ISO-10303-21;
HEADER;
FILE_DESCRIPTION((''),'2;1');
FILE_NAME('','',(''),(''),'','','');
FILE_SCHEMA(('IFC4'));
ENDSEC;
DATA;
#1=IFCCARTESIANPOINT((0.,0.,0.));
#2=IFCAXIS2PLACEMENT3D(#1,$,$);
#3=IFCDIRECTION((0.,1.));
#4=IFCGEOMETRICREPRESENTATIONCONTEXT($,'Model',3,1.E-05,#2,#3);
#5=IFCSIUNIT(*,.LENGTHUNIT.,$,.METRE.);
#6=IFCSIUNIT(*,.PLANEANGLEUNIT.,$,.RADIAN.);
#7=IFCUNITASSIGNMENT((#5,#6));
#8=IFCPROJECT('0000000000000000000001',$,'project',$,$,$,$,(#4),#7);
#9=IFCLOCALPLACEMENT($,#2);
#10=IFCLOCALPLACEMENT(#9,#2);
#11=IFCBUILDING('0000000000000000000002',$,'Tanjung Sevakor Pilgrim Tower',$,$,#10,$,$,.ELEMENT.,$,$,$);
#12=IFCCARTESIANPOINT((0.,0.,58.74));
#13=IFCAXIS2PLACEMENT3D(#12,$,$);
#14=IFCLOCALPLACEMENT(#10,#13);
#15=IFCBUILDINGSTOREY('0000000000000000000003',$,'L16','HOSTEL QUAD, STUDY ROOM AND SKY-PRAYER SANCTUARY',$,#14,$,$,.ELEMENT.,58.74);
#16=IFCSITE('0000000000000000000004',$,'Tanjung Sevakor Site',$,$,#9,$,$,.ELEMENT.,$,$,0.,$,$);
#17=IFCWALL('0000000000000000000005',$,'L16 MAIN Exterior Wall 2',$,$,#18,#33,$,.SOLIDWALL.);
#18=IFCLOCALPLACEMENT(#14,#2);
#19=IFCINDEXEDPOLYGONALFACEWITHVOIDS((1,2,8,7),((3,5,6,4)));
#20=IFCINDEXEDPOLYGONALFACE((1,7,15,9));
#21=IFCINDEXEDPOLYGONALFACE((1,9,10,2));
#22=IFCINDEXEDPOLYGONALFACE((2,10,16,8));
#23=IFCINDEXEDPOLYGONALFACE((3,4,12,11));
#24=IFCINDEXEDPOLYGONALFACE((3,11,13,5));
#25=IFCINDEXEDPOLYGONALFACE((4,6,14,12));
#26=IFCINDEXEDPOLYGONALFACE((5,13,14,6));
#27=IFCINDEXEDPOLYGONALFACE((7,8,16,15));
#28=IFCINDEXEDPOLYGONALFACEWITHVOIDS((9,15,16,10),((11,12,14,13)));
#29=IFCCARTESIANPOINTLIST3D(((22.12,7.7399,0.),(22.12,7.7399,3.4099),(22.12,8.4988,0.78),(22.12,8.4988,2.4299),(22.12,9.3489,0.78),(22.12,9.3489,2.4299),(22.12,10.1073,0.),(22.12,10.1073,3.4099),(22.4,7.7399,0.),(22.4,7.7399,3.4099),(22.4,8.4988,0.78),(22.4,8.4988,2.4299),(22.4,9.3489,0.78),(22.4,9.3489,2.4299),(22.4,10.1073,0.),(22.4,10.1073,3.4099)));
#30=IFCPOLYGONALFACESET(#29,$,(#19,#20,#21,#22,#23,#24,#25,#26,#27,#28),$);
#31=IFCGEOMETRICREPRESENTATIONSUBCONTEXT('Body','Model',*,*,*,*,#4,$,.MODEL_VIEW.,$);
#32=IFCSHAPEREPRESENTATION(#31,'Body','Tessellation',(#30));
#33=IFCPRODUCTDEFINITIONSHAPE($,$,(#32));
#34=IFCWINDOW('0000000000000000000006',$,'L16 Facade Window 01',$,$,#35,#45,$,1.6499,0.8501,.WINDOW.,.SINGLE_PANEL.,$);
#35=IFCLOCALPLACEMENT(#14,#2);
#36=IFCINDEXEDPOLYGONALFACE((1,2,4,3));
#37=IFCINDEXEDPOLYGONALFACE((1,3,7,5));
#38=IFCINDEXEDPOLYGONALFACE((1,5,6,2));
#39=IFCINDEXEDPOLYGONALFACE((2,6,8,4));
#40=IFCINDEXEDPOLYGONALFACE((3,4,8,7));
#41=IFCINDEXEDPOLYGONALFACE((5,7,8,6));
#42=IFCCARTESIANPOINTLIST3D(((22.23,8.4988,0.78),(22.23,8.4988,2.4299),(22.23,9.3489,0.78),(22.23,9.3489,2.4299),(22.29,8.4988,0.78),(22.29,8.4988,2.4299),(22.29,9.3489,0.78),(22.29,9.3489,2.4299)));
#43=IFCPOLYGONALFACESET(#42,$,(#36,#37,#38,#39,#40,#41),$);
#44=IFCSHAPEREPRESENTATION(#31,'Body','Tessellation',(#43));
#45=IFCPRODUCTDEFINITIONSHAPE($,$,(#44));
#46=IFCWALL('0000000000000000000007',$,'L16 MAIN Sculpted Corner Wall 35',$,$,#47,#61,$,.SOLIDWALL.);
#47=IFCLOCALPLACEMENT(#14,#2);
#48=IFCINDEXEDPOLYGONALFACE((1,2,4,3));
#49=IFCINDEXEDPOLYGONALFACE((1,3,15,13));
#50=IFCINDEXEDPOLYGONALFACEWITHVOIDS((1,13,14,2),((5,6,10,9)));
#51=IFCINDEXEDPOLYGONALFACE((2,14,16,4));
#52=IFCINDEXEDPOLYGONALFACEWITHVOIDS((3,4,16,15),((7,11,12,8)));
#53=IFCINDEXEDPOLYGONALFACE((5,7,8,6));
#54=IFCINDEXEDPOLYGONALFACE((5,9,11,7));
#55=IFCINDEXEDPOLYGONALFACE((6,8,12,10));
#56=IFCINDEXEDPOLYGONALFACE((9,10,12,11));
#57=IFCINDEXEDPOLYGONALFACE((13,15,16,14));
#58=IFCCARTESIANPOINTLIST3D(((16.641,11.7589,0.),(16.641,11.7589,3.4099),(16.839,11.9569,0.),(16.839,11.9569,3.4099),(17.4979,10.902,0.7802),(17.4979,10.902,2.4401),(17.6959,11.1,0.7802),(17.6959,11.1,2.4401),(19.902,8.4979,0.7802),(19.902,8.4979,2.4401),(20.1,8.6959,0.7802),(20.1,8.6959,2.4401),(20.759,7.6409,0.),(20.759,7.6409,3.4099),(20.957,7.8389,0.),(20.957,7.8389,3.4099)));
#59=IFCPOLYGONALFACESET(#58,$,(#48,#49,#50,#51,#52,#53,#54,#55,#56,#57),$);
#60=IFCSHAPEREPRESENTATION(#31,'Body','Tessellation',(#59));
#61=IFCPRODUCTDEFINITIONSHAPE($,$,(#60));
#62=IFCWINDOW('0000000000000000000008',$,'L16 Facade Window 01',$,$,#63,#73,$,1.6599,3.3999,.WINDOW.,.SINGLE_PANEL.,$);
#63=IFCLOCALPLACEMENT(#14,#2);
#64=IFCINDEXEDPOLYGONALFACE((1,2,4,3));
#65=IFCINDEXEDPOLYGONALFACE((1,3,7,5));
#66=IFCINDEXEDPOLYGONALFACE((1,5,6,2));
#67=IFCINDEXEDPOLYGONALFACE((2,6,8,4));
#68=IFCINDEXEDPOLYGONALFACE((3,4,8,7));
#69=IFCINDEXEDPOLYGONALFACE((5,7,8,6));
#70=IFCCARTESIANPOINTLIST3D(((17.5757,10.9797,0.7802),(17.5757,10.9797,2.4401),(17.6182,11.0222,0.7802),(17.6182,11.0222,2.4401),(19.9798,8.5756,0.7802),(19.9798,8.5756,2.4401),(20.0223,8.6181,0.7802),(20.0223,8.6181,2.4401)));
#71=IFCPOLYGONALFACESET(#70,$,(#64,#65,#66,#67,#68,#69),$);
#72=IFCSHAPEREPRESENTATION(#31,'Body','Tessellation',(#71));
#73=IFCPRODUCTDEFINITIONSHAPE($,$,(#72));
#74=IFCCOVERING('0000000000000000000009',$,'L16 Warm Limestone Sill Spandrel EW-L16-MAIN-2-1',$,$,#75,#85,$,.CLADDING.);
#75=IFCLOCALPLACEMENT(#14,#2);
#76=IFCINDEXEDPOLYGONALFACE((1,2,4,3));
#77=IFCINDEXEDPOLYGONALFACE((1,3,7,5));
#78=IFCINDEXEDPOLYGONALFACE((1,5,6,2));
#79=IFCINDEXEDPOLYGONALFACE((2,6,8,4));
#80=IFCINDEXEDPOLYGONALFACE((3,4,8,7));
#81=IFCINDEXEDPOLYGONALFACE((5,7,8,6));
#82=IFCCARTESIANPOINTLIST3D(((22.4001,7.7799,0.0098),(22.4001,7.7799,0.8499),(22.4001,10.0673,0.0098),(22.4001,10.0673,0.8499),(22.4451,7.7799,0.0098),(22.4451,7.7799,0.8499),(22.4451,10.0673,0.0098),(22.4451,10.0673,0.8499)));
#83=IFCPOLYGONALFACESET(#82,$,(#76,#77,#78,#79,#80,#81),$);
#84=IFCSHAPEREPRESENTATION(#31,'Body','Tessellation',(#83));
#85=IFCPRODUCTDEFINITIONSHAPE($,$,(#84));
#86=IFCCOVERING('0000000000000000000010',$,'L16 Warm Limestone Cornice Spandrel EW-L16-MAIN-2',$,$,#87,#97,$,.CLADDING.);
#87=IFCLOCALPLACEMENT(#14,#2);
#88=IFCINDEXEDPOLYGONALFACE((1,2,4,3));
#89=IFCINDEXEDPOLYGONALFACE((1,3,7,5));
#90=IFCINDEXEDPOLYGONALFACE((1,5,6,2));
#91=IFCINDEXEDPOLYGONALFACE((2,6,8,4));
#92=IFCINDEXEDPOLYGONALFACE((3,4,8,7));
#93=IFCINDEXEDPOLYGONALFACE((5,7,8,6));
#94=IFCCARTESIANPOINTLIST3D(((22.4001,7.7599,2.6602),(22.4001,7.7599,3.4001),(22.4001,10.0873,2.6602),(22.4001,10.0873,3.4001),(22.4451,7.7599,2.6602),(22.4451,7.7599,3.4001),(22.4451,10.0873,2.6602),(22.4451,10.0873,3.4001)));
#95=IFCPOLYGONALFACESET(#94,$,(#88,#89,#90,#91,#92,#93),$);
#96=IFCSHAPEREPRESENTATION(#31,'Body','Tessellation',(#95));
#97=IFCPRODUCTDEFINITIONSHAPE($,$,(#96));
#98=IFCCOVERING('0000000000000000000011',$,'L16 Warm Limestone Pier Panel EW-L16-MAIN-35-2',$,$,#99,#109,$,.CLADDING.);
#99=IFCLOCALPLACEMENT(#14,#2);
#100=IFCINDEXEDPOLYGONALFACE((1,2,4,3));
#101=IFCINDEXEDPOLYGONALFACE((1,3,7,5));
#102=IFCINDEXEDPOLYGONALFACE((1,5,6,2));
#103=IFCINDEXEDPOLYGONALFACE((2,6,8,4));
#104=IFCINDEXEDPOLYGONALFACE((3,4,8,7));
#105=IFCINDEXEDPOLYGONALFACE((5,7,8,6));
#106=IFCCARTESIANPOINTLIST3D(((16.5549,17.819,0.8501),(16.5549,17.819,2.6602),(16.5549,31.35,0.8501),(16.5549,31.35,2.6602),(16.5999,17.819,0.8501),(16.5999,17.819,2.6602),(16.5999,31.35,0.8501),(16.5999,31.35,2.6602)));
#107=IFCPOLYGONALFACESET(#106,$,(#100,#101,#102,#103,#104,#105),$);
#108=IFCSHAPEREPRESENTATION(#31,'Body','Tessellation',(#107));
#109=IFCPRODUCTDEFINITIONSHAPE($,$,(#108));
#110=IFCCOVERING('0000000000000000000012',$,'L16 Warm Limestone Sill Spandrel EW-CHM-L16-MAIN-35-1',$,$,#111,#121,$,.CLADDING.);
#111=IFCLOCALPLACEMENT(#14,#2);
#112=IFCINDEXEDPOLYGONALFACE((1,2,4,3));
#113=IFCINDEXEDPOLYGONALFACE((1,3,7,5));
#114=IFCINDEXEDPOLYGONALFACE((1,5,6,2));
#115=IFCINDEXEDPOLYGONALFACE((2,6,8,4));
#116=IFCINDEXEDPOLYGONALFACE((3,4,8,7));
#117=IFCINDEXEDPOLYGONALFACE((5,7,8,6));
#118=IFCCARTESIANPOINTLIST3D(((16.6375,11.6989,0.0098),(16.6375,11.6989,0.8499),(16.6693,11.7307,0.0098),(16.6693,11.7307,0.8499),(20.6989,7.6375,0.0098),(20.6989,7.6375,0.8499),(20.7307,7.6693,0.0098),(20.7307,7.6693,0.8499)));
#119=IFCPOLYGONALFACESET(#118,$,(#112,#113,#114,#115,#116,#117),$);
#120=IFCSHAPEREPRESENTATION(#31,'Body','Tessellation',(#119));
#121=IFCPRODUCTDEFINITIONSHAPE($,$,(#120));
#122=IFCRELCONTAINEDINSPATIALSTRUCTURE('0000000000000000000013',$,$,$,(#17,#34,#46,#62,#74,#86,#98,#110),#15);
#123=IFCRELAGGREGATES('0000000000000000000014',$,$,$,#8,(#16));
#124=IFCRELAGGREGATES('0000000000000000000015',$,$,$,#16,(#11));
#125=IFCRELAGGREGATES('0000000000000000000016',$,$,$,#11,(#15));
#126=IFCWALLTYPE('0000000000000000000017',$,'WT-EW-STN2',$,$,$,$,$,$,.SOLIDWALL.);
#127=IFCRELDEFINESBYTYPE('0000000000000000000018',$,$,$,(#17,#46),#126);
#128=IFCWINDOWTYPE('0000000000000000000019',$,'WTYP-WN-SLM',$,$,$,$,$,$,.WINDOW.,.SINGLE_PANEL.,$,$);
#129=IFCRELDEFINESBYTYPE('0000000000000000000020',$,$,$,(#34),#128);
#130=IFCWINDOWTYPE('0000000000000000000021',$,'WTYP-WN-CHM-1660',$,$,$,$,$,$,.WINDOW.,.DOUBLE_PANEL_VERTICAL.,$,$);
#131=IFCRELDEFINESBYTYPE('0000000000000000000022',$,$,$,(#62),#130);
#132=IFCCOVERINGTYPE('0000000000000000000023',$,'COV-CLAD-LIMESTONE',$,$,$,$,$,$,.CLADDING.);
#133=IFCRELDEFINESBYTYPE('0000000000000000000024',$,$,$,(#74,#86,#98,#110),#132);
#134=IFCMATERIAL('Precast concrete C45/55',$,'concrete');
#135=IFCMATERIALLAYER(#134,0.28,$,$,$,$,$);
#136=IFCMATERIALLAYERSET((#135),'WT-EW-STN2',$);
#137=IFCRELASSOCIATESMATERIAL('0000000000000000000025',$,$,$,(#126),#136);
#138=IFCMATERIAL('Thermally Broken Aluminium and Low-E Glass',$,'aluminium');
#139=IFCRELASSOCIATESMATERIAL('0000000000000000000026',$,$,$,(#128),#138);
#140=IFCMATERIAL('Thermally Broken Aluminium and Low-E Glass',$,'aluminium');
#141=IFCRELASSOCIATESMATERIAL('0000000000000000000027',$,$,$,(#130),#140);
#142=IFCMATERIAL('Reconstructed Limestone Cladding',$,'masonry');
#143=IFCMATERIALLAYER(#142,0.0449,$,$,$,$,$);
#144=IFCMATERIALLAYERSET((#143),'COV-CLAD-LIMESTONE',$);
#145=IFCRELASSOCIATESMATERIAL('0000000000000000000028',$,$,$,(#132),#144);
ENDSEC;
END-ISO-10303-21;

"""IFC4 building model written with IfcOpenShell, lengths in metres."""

from ifc_helpers import new_model, si_unit, direction, frame, frame_2d, origin, origin_2d, place, context, subcontext, project, spatial, rectangle, extrude, material, layer, layer_set, type_object, element, fill, save


model = new_model("IFC4")

# Units and contexts
model_context = context("Model", 3, precision=1e-05, world=origin(), true_north=direction((0.0, 1.0)))
body_context = subcontext(model_context, "Body", "Model", "MODEL_VIEW")
ifc_project = project(units=[si_unit("LENGTHUNIT", "METRE"), si_unit("PLANEANGLEUNIT", "RADIAN")], contexts=[model_context])

# Site, building, storey
site_placement = place(None, origin())
site = spatial("IfcSite", under=ifc_project, at=site_placement, Name="Tanjung Sevakor Site", CompositionType="ELEMENT", RefElevation=0.0)
building_placement = place(site_placement, origin())
building = spatial("IfcBuilding", under=site, at=building_placement, Name="Tanjung Sevakor Pilgrim Tower", CompositionType="ELEMENT")
storey_placement = place(building_placement, frame((0.0, 0.0, 58.74)))
storey = spatial("IfcBuildingStorey", under=building, at=storey_placement, Name="L16", Description="HOSTEL QUAD, STUDY ROOM AND SKY-PRAYER SANCTUARY", CompositionType="ELEMENT", Elevation=58.74)

# Walls, openings, windows
ifc_material_1 = material(Name="Precast concrete C45/55", Category="concrete")
ifc_layer_1 = layer(ifc_material_1, 0.28)
ifc_layer_set_1 = layer_set([ifc_layer_1], Name="WT-EW-STN2")
wall_type_1 = type_object("IfcWallType", Name="WT-EW-STN2", PredefinedType="SOLIDWALL", material=ifc_layer_set_1)
wall_1_placement = place(storey_placement, frame((22.26, 7.74, 0.0), z_axis=(0.0, 0.0, 1.0), x_axis=(0.0, 1.0, 0.0)))
wall_1 = element("IfcWall", 1, at=wall_1_placement, inside=storey, type_object=wall_type_1, Name="L16 MAIN Exterior Wall 2", PredefinedType="SOLIDWALL", context=body_context, shape_type="SweptSolid", body=[
    extrude(rectangle(XDim=2.3674, YDim=0.28, at=frame_2d((1.1836, 0.0))), origin(), (0.0, 0.0, 1.0), 3.4099),
])
opening_1_placement = place(wall_1_placement, frame((0.7588, 0.0, 0.78)))
opening_1 = element("IfcOpeningElement", 2, at=opening_1_placement, cuts=wall_1, PredefinedType="OPENING", context=body_context, shape_type="SweptSolid", body=[
    extrude(rectangle(XDim=0.8501, YDim=1.6499, at=frame_2d((0.425, 0.825))), frame((0.0, 0.1499, 0.0), z_axis=(0.0, -1.0, 0.0), x_axis=(1.0, 0.0, 0.0)), (0.0, 0.0, 1.0), 0.3),
])
ifc_material_2 = material(Name="Thermally Broken Aluminium and Low-E Glass", Category="aluminium")
window_type_1 = type_object("IfcWindowType", Name="WTYP-WN-SLM", PartitioningType="SINGLE_PANEL", PredefinedType="WINDOW", material=ifc_material_2)
window_1_placement = place(opening_1_placement, origin())
window_1 = element("IfcWindow", 3, at=window_1_placement, inside=storey, type_object=window_type_1, Name="L16 Facade Window 01", OverallHeight=1.6499, OverallWidth=0.8501, PartitioningType="SINGLE_PANEL", PredefinedType="WINDOW", context=body_context, shape_type="SweptSolid", body=[
    extrude(rectangle(XDim=0.8501, YDim=1.6499, at=frame_2d((0.425, 0.825))), frame((0.0, 0.03, 0.0), z_axis=(0.0, -1.0, 0.0), x_axis=(1.0, 0.0, 0.0)), (0.0, 0.0, 1.0), 0.0601),
])
fill(opening_1, window_1)
wall_2_placement = place(storey_placement, frame((16.74, 11.8579, 0.0), z_axis=(0.0, 0.0, 1.0), x_axis=(0.707107, -0.707107, 0.0)))
wall_2 = element("IfcWall", 4, at=wall_2_placement, inside=storey, type_object=wall_type_1, Name="L16 MAIN Sculpted Corner Wall 35", PredefinedType="SOLIDWALL", context=body_context, shape_type="SweptSolid", body=[
    extrude(rectangle(XDim=5.8237, YDim=0.28, at=frame_2d((2.9119, 0.0))), origin(), (0.0, 0.0, 1.0), 3.4099),
])
opening_2_placement = place(wall_2_placement, frame((1.2119, 0.0, 0.78)))
opening_2 = element("IfcOpeningElement", 5, at=opening_2_placement, cuts=wall_2, PredefinedType="OPENING", context=body_context, shape_type="SweptSolid", body=[
    extrude(rectangle(XDim=3.3999, YDim=1.6599, at=frame_2d((1.7, 0.8301))), frame((0.0, 0.1499, 0.0), z_axis=(0.0, -1.0, 0.0), x_axis=(1.0, 0.0, 0.0)), (0.0, 0.0, 1.0), 0.3),
])
ifc_material_3 = material(Name="Thermally Broken Aluminium and Low-E Glass", Category="aluminium")
window_type_2 = type_object("IfcWindowType", Name="WTYP-WN-CHM-1660", PartitioningType="DOUBLE_PANEL_VERTICAL", PredefinedType="WINDOW", material=ifc_material_3)
window_2_placement = place(opening_2_placement, origin())
window_2 = element("IfcWindow", 6, at=window_2_placement, inside=storey, type_object=window_type_2, Name="L16 Facade Window 01", OverallHeight=1.6599, OverallWidth=3.3999, PartitioningType="SINGLE_PANEL", PredefinedType="WINDOW", context=body_context, shape_type="SweptSolid", body=[
    extrude(rectangle(XDim=3.3999, YDim=1.6599, at=frame_2d((1.7, 0.8301))), frame((0.0, 0.03, 0.0), z_axis=(0.0, -1.0, 0.0), x_axis=(1.0, 0.0, 0.0)), (0.0, 0.0, 1.0), 0.0601),
])
fill(opening_2, window_2)

# Coverings
ifc_material_4 = material(Name="Reconstructed Limestone Cladding", Category="masonry")
ifc_layer_2 = layer(ifc_material_4, 0.0449)
ifc_layer_set_2 = layer_set([ifc_layer_2], Name="COV-CLAD-LIMESTONE")
covering_type = type_object("IfcCoveringType", Name="COV-CLAD-LIMESTONE", PredefinedType="CLADDING", material=ifc_layer_set_2)
covering_1_placement = place(storey_placement, frame((22.4226, 8.9236, 0.0098), z_axis=(0.0, 0.0, 1.0), x_axis=(0.0, 1.0, 0.0)))
element("IfcCovering", 7, at=covering_1_placement, inside=storey, type_object=covering_type, Name="L16 Warm Limestone Sill Spandrel EW-L16-MAIN-2-1", PredefinedType="CLADDING", context=body_context, shape_type="SweptSolid", body=[
    extrude(rectangle(XDim=2.2874, YDim=0.0449, at=origin_2d()), origin(), (0.0, 0.0, 1.0), 0.8401),
])
covering_2_placement = place(storey_placement, frame((22.4226, 8.9236, 2.6602), z_axis=(0.0, 0.0, 1.0), x_axis=(0.0, 1.0, 0.0)))
element("IfcCovering", 8, at=covering_2_placement, inside=storey, type_object=covering_type, Name="L16 Warm Limestone Cornice Spandrel EW-L16-MAIN-2", PredefinedType="CLADDING", context=body_context, shape_type="SweptSolid", body=[
    extrude(rectangle(XDim=2.3274, YDim=0.0449, at=origin_2d()), origin(), (0.0, 0.0, 1.0), 0.74),
])
covering_3_placement = place(storey_placement, frame((16.5774, 24.5845, 0.8501), z_axis=(0.0, 0.0, 1.0), x_axis=(0.0, -1.0, 0.0)))
element("IfcCovering", 9, at=covering_3_placement, inside=storey, type_object=covering_type, Name="L16 Warm Limestone Pier Panel EW-L16-MAIN-35-2", PredefinedType="CLADDING", context=body_context, shape_type="SweptSolid", body=[
    extrude(rectangle(XDim=13.531, YDim=0.0449, at=origin_2d()), origin(), (0.0, 0.0, 1.0), 1.8101),
])
covering_4_placement = place(storey_placement, frame((18.6841, 9.6841, 0.0098), z_axis=(0.0, 0.0, 1.0), x_axis=(0.707107, -0.707107, 0.0)))
element("IfcCovering", 10, at=covering_4_placement, inside=storey, type_object=covering_type, Name="L16 Warm Limestone Sill Spandrel EW-CHM-L16-MAIN-35-1", PredefinedType="CLADDING", context=body_context, shape_type="SweptSolid", body=[
    extrude(rectangle(XDim=5.7437, YDim=0.0449, at=origin_2d()), origin(), (0.0, 0.0, 1.0), 0.8401),
])

save(model, "model.ifc")
